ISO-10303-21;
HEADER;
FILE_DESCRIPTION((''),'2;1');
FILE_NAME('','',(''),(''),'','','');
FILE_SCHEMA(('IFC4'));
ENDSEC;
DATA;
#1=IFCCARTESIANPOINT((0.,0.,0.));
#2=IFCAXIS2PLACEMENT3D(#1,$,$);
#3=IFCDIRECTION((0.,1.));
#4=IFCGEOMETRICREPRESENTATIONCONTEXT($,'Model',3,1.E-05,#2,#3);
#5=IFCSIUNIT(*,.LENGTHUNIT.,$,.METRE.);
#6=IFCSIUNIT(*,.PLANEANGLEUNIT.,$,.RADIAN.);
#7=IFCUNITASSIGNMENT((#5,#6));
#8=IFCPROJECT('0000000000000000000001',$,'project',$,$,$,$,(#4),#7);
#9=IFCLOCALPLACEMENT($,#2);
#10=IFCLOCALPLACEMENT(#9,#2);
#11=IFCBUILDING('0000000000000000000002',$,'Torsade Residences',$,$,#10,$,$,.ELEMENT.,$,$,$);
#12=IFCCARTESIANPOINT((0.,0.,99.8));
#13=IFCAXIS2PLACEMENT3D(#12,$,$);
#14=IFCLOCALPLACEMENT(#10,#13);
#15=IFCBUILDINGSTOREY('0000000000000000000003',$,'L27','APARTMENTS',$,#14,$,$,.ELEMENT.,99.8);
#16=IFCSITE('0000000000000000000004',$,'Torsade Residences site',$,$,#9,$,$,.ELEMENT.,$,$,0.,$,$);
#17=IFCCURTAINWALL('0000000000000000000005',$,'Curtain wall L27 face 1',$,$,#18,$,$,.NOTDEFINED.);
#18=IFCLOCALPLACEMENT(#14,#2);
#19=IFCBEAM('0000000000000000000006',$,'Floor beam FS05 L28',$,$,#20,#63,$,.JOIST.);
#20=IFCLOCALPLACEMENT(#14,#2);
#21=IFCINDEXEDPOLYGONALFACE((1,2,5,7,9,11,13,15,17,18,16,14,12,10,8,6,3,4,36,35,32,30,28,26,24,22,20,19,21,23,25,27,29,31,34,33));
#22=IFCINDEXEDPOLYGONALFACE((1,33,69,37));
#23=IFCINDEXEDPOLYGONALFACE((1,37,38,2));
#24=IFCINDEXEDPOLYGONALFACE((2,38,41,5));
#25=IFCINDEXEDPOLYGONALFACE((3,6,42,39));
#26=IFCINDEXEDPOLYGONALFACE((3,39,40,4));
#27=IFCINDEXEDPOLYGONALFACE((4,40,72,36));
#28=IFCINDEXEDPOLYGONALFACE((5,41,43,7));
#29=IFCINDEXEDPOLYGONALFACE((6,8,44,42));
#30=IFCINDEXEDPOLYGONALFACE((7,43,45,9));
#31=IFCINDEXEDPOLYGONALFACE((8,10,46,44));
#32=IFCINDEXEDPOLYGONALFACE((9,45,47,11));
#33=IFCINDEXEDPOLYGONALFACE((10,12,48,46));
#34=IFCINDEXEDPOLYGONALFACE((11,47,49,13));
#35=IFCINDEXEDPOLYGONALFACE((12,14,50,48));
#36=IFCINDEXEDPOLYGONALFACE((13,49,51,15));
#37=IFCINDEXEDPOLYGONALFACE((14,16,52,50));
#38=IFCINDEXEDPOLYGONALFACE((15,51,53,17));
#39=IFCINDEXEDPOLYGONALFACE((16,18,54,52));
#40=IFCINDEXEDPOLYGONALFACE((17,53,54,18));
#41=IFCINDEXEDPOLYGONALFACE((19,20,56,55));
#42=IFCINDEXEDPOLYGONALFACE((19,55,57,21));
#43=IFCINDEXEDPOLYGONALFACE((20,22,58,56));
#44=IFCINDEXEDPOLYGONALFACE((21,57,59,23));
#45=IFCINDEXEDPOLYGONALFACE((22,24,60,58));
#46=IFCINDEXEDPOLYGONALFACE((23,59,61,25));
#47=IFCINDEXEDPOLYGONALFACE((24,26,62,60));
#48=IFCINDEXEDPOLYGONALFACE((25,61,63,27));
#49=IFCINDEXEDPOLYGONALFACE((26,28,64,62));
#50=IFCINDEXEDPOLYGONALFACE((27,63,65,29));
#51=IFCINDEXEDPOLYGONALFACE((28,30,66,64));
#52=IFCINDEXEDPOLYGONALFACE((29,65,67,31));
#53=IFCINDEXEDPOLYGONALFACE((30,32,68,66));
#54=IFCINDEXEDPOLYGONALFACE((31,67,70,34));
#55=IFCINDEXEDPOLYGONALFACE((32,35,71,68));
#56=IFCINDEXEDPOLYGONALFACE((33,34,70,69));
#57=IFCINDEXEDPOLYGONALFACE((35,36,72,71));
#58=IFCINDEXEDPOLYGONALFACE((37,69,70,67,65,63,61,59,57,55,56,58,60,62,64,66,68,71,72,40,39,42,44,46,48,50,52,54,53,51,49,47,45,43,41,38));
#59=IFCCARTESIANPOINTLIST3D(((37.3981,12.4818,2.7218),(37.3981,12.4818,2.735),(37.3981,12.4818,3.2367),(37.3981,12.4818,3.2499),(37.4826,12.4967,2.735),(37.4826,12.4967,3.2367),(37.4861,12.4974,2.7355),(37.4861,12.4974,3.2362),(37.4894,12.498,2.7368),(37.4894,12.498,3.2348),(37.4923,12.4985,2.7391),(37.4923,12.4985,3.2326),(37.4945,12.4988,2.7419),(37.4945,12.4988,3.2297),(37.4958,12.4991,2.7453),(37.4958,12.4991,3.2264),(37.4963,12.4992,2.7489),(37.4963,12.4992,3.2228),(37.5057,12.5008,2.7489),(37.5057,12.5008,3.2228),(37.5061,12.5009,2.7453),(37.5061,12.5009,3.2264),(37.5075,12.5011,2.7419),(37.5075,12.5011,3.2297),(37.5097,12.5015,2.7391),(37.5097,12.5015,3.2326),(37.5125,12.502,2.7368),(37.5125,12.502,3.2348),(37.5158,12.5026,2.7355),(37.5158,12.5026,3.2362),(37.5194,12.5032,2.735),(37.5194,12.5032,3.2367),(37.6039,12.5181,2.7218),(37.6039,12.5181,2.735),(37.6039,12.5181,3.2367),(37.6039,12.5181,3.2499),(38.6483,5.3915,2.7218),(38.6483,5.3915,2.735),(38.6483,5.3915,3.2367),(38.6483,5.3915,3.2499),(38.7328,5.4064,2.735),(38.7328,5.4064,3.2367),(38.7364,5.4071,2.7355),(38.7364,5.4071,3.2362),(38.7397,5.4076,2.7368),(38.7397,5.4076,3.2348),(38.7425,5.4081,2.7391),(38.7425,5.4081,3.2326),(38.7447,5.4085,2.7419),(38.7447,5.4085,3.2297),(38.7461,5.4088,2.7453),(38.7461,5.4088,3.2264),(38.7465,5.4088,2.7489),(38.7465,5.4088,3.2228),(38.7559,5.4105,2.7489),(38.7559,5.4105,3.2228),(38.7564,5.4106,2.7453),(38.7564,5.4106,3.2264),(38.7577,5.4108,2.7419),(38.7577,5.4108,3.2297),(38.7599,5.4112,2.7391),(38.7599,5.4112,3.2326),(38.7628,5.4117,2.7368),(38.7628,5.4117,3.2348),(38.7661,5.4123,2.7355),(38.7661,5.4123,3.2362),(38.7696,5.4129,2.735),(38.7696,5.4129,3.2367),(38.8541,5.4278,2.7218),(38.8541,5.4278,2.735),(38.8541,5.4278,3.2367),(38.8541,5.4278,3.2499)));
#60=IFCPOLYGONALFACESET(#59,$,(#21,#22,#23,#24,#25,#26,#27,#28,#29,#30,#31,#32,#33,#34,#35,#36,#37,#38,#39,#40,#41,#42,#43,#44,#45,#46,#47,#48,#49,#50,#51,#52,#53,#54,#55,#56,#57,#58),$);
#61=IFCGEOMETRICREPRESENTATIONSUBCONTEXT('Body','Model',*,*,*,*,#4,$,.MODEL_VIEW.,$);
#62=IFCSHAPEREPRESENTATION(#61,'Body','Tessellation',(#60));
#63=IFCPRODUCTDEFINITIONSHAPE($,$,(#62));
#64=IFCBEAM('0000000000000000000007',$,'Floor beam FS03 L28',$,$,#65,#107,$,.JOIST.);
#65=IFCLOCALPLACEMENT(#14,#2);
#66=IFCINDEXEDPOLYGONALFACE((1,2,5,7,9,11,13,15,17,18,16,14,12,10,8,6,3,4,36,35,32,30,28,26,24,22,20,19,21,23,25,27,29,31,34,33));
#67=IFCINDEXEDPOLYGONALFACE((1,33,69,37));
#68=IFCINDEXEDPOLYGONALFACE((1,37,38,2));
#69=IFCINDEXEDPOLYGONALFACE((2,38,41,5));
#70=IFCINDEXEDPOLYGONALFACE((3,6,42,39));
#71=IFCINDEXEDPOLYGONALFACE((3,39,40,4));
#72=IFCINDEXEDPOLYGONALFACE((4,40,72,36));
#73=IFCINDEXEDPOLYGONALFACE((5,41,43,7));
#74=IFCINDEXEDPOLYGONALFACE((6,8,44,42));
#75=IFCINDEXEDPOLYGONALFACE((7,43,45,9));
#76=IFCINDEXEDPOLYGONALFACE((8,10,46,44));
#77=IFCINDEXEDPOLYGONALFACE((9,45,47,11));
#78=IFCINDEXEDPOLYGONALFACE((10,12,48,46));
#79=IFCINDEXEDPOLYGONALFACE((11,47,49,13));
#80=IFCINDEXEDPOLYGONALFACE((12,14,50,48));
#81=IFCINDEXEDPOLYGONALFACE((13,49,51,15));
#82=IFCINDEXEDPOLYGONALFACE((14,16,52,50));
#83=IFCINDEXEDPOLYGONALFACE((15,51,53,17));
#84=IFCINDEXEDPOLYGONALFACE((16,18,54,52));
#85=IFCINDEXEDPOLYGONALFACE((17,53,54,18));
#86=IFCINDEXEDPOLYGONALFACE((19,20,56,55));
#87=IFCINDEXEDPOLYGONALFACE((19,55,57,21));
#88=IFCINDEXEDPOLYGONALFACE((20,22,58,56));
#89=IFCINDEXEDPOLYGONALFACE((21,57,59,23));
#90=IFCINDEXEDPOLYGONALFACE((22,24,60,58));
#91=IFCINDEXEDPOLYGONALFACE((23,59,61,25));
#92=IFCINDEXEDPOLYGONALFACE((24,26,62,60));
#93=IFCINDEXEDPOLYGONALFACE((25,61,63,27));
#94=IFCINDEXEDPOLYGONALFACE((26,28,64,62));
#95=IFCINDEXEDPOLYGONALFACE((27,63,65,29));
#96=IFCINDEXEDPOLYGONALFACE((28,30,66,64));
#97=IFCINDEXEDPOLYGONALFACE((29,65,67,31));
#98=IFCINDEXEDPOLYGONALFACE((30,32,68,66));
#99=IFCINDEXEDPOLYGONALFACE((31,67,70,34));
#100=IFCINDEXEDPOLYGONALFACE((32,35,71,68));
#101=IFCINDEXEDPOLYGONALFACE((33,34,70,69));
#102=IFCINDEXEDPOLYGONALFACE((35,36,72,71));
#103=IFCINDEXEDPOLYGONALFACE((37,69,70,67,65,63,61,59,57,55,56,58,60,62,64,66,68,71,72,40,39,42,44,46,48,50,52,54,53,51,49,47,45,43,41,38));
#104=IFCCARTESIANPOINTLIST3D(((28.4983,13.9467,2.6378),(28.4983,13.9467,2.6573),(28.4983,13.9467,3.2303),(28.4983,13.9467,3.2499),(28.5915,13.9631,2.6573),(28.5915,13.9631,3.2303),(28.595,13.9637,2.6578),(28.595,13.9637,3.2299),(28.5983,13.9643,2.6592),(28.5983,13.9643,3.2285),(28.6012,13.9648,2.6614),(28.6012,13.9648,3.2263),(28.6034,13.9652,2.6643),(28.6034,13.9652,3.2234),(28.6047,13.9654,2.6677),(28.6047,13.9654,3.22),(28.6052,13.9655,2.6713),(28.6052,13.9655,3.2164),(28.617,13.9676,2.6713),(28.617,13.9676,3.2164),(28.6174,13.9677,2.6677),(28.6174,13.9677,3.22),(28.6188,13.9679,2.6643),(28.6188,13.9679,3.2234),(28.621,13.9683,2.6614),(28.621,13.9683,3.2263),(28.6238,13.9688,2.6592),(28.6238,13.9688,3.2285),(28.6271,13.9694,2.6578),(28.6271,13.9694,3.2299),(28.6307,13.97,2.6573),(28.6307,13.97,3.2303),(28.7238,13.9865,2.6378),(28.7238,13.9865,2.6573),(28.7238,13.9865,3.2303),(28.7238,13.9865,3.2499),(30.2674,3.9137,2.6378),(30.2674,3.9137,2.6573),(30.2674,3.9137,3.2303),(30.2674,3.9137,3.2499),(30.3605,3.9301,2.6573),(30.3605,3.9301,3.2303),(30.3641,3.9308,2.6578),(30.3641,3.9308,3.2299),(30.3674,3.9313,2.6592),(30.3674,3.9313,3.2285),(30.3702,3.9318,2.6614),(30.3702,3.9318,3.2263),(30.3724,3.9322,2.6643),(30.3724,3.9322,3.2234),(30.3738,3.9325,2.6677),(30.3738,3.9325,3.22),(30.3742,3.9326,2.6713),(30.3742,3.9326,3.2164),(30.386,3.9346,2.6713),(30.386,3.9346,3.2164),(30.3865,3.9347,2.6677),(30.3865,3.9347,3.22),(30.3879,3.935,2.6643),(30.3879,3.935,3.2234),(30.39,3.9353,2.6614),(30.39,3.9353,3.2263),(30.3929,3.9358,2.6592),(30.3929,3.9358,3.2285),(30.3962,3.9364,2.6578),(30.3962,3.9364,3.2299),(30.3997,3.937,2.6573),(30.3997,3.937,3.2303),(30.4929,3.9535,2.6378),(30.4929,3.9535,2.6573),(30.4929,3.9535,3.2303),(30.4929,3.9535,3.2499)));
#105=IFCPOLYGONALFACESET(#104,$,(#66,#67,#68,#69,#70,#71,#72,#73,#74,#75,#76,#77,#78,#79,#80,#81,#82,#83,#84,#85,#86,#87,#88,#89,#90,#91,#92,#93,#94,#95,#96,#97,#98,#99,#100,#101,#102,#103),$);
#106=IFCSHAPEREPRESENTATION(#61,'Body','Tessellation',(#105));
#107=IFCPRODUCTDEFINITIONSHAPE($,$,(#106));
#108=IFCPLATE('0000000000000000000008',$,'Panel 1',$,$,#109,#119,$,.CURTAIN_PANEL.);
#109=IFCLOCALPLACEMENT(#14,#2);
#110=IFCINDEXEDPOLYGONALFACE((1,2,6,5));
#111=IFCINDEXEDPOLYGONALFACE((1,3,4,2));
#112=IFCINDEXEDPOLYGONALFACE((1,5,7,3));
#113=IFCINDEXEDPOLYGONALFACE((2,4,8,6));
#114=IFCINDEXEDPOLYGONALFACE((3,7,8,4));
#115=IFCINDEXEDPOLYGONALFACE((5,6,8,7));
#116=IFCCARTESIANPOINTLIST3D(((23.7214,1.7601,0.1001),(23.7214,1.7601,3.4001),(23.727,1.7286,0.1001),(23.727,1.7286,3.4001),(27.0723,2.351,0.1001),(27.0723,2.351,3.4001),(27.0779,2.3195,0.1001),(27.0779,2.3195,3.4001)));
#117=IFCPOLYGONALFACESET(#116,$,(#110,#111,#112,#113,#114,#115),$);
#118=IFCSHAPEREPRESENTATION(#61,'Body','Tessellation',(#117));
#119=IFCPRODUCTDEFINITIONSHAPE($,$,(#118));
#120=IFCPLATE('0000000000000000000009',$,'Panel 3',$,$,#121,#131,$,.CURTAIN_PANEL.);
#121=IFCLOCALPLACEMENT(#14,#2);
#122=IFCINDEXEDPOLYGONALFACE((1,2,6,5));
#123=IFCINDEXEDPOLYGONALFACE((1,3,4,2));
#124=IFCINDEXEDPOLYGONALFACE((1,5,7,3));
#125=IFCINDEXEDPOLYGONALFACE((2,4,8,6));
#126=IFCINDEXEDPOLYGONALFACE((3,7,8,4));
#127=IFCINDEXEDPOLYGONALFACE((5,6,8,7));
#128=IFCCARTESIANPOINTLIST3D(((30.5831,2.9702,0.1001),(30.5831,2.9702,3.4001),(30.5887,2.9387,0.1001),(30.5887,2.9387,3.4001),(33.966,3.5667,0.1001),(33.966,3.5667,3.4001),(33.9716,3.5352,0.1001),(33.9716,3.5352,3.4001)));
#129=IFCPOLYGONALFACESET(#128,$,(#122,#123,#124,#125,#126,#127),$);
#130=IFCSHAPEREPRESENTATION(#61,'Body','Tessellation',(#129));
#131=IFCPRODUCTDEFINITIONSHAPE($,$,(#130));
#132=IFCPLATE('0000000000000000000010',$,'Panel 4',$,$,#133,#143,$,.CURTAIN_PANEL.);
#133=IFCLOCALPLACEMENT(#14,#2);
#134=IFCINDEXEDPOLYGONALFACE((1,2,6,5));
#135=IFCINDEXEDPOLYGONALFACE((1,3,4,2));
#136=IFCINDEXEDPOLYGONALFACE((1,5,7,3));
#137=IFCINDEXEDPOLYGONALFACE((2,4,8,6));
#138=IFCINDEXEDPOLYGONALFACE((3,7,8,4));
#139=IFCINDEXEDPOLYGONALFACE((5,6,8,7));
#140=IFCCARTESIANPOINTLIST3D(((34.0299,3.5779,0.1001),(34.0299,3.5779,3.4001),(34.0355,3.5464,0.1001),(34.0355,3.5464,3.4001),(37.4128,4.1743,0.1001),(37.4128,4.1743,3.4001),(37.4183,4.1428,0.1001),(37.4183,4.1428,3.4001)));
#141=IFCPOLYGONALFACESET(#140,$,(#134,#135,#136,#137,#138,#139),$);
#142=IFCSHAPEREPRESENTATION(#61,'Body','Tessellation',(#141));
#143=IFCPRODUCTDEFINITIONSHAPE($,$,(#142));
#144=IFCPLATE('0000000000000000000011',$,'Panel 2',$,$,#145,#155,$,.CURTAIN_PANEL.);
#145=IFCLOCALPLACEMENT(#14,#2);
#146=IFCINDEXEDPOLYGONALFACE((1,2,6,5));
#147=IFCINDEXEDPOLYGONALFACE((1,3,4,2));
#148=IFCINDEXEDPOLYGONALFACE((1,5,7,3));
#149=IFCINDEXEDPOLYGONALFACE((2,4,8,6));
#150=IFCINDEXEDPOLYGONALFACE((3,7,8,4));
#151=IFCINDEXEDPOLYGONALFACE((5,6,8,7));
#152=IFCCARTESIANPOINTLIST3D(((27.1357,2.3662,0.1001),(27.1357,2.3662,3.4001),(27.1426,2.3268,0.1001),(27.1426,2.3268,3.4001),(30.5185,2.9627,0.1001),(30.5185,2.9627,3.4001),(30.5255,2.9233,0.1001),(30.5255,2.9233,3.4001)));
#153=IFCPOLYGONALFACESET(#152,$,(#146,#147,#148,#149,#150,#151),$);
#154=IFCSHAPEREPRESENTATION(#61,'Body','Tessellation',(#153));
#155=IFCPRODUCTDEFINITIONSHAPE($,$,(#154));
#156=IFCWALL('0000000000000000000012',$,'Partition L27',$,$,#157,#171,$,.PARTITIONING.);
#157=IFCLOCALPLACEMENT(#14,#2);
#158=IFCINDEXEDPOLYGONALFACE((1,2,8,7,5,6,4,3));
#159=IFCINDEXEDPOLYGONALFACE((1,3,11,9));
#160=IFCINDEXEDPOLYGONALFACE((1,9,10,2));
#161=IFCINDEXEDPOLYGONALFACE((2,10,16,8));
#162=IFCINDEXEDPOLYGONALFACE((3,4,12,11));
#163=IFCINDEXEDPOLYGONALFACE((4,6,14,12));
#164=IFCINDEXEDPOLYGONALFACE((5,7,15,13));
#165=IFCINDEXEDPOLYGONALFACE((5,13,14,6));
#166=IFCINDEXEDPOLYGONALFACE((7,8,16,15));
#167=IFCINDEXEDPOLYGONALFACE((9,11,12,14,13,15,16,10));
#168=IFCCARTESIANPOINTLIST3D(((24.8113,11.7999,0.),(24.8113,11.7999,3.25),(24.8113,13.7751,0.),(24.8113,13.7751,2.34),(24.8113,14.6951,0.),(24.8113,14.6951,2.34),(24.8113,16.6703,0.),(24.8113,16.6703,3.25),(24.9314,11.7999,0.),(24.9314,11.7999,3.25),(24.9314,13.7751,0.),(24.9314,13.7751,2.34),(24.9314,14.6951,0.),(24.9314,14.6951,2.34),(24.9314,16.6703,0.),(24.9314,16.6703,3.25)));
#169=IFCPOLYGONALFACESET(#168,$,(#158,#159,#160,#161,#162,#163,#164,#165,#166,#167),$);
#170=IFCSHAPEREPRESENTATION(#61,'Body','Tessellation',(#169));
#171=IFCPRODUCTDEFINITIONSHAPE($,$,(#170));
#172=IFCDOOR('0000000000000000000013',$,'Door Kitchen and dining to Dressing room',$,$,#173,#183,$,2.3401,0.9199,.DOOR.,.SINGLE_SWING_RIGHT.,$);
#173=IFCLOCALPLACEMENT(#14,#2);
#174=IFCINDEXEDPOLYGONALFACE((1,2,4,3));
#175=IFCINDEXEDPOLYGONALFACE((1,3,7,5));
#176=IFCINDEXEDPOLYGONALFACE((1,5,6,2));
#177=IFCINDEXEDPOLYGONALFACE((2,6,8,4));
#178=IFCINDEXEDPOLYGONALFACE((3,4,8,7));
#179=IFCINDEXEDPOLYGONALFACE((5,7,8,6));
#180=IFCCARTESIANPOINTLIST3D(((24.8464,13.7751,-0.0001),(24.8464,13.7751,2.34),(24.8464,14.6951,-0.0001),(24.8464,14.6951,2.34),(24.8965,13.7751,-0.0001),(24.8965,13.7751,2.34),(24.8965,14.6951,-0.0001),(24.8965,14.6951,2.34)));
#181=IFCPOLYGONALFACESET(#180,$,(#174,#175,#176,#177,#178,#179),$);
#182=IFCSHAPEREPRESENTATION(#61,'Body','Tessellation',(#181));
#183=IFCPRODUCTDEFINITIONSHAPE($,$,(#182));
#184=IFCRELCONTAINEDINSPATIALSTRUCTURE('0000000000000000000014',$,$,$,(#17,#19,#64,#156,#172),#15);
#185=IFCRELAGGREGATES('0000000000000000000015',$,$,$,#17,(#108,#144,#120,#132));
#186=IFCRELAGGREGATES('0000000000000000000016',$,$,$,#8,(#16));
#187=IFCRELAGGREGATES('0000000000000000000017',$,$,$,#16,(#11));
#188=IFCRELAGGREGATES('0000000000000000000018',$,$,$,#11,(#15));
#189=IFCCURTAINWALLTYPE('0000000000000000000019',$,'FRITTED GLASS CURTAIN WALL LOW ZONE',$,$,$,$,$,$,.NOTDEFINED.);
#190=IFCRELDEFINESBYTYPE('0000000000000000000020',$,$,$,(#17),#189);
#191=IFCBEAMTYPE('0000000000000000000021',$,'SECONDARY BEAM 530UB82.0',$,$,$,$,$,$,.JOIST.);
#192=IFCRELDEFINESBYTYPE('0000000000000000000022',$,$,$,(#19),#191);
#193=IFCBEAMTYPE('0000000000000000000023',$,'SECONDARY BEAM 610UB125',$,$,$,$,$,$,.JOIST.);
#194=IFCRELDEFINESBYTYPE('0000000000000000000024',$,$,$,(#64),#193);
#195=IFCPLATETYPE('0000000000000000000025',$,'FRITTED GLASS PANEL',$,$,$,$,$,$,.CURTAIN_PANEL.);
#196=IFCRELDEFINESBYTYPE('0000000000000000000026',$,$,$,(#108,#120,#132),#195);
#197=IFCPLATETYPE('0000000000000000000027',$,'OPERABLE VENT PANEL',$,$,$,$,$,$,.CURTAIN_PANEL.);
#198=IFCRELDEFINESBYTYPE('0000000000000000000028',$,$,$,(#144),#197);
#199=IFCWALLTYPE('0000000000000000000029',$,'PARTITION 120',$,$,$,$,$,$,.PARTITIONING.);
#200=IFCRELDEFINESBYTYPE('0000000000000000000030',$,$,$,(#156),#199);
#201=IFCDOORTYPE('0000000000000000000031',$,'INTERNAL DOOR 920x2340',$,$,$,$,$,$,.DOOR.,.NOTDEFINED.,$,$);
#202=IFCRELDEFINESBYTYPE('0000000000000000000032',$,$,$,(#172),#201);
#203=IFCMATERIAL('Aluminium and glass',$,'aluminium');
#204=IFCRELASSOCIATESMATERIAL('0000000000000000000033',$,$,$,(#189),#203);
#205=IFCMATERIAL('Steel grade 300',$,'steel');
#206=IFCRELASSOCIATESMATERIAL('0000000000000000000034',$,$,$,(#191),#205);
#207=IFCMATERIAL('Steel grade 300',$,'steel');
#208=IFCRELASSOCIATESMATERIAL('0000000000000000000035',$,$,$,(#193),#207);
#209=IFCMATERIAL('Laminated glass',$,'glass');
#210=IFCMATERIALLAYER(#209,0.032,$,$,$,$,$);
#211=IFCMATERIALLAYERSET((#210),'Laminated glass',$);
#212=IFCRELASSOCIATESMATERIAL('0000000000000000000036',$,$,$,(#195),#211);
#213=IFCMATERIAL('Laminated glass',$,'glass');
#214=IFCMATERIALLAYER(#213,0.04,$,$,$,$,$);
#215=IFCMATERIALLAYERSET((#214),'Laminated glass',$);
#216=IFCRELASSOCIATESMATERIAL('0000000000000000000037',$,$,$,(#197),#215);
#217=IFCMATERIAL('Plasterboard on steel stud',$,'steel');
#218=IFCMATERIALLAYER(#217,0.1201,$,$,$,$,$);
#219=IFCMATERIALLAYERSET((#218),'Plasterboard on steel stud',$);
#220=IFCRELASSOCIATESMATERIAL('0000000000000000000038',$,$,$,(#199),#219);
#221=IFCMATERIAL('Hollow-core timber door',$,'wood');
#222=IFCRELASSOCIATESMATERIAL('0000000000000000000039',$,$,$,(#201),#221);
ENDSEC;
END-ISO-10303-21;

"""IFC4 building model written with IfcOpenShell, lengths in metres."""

from ifc_helpers import new_model, si_unit, direction, frame, frame_2d, origin, origin_2d, place, context, subcontext, project, spatial, rectangle, i_section, extrude, material, layer, layer_set, material_profile, profile_set, type_object, element, fill, aggregate, save


model = new_model("IFC4")

# Units and contexts
model_context = context("Model", 3, precision=1e-05, world=origin(), true_north=direction((0.0, 1.0)))
body_context = subcontext(model_context, "Body", "Model", "MODEL_VIEW")
ifc_project = project(units=[si_unit("LENGTHUNIT", "METRE"), si_unit("PLANEANGLEUNIT", "RADIAN")], contexts=[model_context])

# Site, building, storey
site_placement = place(None, origin())
site = spatial("IfcSite", under=ifc_project, at=site_placement, Name="Torsade Residences site", CompositionType="ELEMENT", RefElevation=0.0)
building_placement = place(site_placement, origin())
building = spatial("IfcBuilding", under=site, at=building_placement, Name="Torsade Residences", CompositionType="ELEMENT")
storey_placement = place(building_placement, frame((0.0, 0.0, 99.8)))
storey = spatial("IfcBuildingStorey", under=building, at=storey_placement, Name="L27", Description="APARTMENTS", CompositionType="ELEMENT", Elevation=99.8)

# Curtain wall
ifc_material_1 = material(Name="Aluminium and glass", Category="aluminium")
curtain_wall_type = type_object("IfcCurtainWallType", Name="FRITTED GLASS CURTAIN WALL LOW ZONE", PredefinedType="NOTDEFINED", material=ifc_material_1)
curtain_wall_placement = place(storey_placement, origin())
curtain_wall = element("IfcCurtainWall", 1, at=curtain_wall_placement, inside=storey, type_object=curtain_wall_type, Name="Curtain wall L27 face 1", PredefinedType="NOTDEFINED")

# Beams
ifc_material_2 = material(Name="Steel grade 300", Category="steel")
ifc_material_profile_1 = material_profile(ifc_material_2, i_section(OverallWidth=0.209, OverallDepth=0.5281, WebThickness=0.0095, FlangeThickness=0.0132, FilletRadius=0.0139, at=origin_2d()), Name="530UB82.0")
ifc_profile_set_1 = profile_set([ifc_material_profile_1], Name="Steel grade 300")
beam_type_1 = type_object("IfcBeamType", Name="SECONDARY BEAM 530UB82.0", PredefinedType="JOIST", material=ifc_profile_set_1)
beam_1_placement = place(storey_placement, frame((38.7512, 5.4097, 2.9858), z_axis=(-0.173652, 0.984807, 0.0), x_axis=(-0.984807, -0.173652, 0.0)))
element("IfcBeam", 2, at=beam_1_placement, inside=storey, type_object=beam_type_1, Name="Floor beam FS05 L28", PredefinedType="JOIST", context=body_context, shape_type="SweptSolid", body=[
    extrude(i_section(OverallWidth=0.209, OverallDepth=0.5281, WebThickness=0.0095, FlangeThickness=0.0132, FilletRadius=0.0139, at=origin_2d()), origin(), (0.0, 0.0, 1.0), 7.1997),
])
ifc_material_3 = material(Name="Steel grade 300", Category="steel")
ifc_material_profile_2 = material_profile(ifc_material_3, i_section(OverallWidth=0.229, OverallDepth=0.6121, WebThickness=0.012, FlangeThickness=0.0195, FilletRadius=0.0139, at=origin_2d()), Name="610UB125")
ifc_profile_set_2 = profile_set([ifc_material_profile_2], Name="Steel grade 300")
beam_type_2 = type_object("IfcBeamType", Name="SECONDARY BEAM 610UB125", PredefinedType="JOIST", material=ifc_profile_set_2)
beam_2_placement = place(storey_placement, frame((30.3801, 3.9336, 2.9438), z_axis=(-0.173645, 0.984808, 0.0), x_axis=(-0.984808, -0.173645, 0.0)))
element("IfcBeam", 3, at=beam_2_placement, inside=storey, type_object=beam_type_2, Name="Floor beam FS03 L28", PredefinedType="JOIST", context=body_context, shape_type="SweptSolid", body=[
    extrude(i_section(OverallWidth=0.229, OverallDepth=0.6121, WebThickness=0.012, FlangeThickness=0.0195, FilletRadius=0.0139, at=origin_2d()), origin(), (0.0, 0.0, 1.0), 10.1877),
])

# Plates
ifc_material_4 = material(Name="Laminated glass", Category="glass")
ifc_layer_1 = layer(ifc_material_4, 0.032)
ifc_layer_set_1 = layer_set([ifc_layer_1], Name="Laminated glass")
plate_type_1 = type_object("IfcPlateType", Name="FRITTED GLASS PANEL", PredefinedType="CURTAIN_PANEL", material=ifc_layer_set_1)
plate_1_placement = place(storey_placement, frame((25.3997, 2.0398, 0.1001), z_axis=(0.0, 0.0, 1.0), x_axis=(0.984808, 0.173648, 0.0)))
plate_1 = element("IfcPlate", 4, at=plate_1_placement, type_object=plate_type_1, Name="Panel 1", PredefinedType="CURTAIN_PANEL", context=body_context, shape_type="SweptSolid", body=[
    extrude(rectangle(XDim=3.4026, YDim=0.032, at=origin_2d()), origin(), (0.0, 0.0, 1.0), 3.3),
])
plate_2_placement = place(storey_placement, frame((32.2773, 3.2527, 0.1001), z_axis=(0.0, 0.0, 1.0), x_axis=(0.984808, 0.173648, 0.0)))
plate_2 = element("IfcPlate", 5, at=plate_2_placement, type_object=plate_type_1, Name="Panel 3", PredefinedType="CURTAIN_PANEL", context=body_context, shape_type="SweptSolid", body=[
    extrude(rectangle(XDim=3.4351, YDim=0.032, at=origin_2d()), origin(), (0.0, 0.0, 1.0), 3.3),
])
plate_3_placement = place(storey_placement, frame((35.7241, 3.8604, 0.1001), z_axis=(0.0, 0.0, 1.0), x_axis=(0.984808, 0.173648, 0.0)))
plate_3 = element("IfcPlate", 6, at=plate_3_placement, type_object=plate_type_1, Name="Panel 4", PredefinedType="CURTAIN_PANEL", context=body_context, shape_type="SweptSolid", body=[
    extrude(rectangle(XDim=3.4351, YDim=0.032, at=origin_2d()), origin(), (0.0, 0.0, 1.0), 3.3),
])
ifc_material_5 = material(Name="Laminated glass", Category="glass")
ifc_layer_2 = layer(ifc_material_5, 0.04)
ifc_layer_set_2 = layer_set([ifc_layer_2], Name="Laminated glass")
plate_type_2 = type_object("IfcPlateType", Name="OPERABLE VENT PANEL", PredefinedType="CURTAIN_PANEL", material=ifc_layer_set_2)
plate_4_placement = place(storey_placement, frame((28.8306, 2.6448, 0.1001), z_axis=(0.0, 0.0, 1.0), x_axis=(0.984808, 0.173648, 0.0)))
plate_4 = element("IfcPlate", 7, at=plate_4_placement, type_object=plate_type_2, Name="Panel 2", PredefinedType="CURTAIN_PANEL", context=body_context, shape_type="SweptSolid", body=[
    extrude(rectangle(XDim=3.4351, YDim=0.04, at=origin_2d()), origin(), (0.0, 0.0, 1.0), 3.3),
])
aggregate(curtain_wall, [plate_1, plate_4, plate_2, plate_3])

# Wall, opening, door
ifc_material_6 = material(Name="Plasterboard on steel stud", Category="steel")
ifc_layer_3 = layer(ifc_material_6, 0.1201)
ifc_layer_set_3 = layer_set([ifc_layer_3], Name="Plasterboard on steel stud")
wall_type_1 = type_object("IfcWallType", Name="PARTITION 120", PredefinedType="PARTITIONING", material=ifc_layer_set_3)
wall_1_placement = place(storey_placement, frame((24.8713, 11.8, 0.0), z_axis=(0.0, 0.0, 1.0), x_axis=(0.0, 1.0, 0.0)))
wall_1 = element("IfcWall", 8, at=wall_1_placement, inside=storey, type_object=wall_type_1, Name="Partition L27", PredefinedType="PARTITIONING", context=body_context, shape_type="SweptSolid", body=[
    extrude(rectangle(XDim=4.8704, YDim=0.1201, at=frame_2d((2.4351, 0.0))), origin(), (0.0, 0.0, 1.0), 3.25),
])
opening_1_placement = place(wall_1_placement, frame((1.9751, 0.0, 0.0)))
opening_1 = element("IfcOpeningElement", 9, at=opening_1_placement, cuts=wall_1, PredefinedType="OPENING", context=body_context, shape_type="SweptSolid", body=[
    extrude(rectangle(XDim=0.9199, YDim=2.3401, at=frame_2d((0.46, 1.1699))), frame((0.0, 0.0701, 0.0), z_axis=(0.0, -1.0, 0.0), x_axis=(1.0, 0.0, 0.0)), (0.0, 0.0, 1.0), 0.1401),
])
ifc_material_7 = material(Name="Hollow-core timber door", Category="wood")
door_type = type_object("IfcDoorType", Name="INTERNAL DOOR 920x2340", OperationType="NOTDEFINED", PredefinedType="DOOR", material=ifc_material_7)
door_1_placement = place(opening_1_placement, origin())
door_1 = element("IfcDoor", 10, at=door_1_placement, inside=storey, type_object=door_type, Name="Door Kitchen and dining to Dressing room", OperationType="SINGLE_SWING_RIGHT", OverallHeight=2.3401, OverallWidth=0.9199, PredefinedType="DOOR", context=body_context, shape_type="SweptSolid", body=[
    extrude(rectangle(XDim=0.9199, YDim=2.3401, at=frame_2d((0.46, 1.1699))), frame((0.0, 0.0249, 0.0), z_axis=(0.0, -1.0, 0.0), x_axis=(1.0, 0.0, 0.0)), (0.0, 0.0, 1.0), 0.05),
])
fill(opening_1, door_1)

save(model, "model.ifc")
